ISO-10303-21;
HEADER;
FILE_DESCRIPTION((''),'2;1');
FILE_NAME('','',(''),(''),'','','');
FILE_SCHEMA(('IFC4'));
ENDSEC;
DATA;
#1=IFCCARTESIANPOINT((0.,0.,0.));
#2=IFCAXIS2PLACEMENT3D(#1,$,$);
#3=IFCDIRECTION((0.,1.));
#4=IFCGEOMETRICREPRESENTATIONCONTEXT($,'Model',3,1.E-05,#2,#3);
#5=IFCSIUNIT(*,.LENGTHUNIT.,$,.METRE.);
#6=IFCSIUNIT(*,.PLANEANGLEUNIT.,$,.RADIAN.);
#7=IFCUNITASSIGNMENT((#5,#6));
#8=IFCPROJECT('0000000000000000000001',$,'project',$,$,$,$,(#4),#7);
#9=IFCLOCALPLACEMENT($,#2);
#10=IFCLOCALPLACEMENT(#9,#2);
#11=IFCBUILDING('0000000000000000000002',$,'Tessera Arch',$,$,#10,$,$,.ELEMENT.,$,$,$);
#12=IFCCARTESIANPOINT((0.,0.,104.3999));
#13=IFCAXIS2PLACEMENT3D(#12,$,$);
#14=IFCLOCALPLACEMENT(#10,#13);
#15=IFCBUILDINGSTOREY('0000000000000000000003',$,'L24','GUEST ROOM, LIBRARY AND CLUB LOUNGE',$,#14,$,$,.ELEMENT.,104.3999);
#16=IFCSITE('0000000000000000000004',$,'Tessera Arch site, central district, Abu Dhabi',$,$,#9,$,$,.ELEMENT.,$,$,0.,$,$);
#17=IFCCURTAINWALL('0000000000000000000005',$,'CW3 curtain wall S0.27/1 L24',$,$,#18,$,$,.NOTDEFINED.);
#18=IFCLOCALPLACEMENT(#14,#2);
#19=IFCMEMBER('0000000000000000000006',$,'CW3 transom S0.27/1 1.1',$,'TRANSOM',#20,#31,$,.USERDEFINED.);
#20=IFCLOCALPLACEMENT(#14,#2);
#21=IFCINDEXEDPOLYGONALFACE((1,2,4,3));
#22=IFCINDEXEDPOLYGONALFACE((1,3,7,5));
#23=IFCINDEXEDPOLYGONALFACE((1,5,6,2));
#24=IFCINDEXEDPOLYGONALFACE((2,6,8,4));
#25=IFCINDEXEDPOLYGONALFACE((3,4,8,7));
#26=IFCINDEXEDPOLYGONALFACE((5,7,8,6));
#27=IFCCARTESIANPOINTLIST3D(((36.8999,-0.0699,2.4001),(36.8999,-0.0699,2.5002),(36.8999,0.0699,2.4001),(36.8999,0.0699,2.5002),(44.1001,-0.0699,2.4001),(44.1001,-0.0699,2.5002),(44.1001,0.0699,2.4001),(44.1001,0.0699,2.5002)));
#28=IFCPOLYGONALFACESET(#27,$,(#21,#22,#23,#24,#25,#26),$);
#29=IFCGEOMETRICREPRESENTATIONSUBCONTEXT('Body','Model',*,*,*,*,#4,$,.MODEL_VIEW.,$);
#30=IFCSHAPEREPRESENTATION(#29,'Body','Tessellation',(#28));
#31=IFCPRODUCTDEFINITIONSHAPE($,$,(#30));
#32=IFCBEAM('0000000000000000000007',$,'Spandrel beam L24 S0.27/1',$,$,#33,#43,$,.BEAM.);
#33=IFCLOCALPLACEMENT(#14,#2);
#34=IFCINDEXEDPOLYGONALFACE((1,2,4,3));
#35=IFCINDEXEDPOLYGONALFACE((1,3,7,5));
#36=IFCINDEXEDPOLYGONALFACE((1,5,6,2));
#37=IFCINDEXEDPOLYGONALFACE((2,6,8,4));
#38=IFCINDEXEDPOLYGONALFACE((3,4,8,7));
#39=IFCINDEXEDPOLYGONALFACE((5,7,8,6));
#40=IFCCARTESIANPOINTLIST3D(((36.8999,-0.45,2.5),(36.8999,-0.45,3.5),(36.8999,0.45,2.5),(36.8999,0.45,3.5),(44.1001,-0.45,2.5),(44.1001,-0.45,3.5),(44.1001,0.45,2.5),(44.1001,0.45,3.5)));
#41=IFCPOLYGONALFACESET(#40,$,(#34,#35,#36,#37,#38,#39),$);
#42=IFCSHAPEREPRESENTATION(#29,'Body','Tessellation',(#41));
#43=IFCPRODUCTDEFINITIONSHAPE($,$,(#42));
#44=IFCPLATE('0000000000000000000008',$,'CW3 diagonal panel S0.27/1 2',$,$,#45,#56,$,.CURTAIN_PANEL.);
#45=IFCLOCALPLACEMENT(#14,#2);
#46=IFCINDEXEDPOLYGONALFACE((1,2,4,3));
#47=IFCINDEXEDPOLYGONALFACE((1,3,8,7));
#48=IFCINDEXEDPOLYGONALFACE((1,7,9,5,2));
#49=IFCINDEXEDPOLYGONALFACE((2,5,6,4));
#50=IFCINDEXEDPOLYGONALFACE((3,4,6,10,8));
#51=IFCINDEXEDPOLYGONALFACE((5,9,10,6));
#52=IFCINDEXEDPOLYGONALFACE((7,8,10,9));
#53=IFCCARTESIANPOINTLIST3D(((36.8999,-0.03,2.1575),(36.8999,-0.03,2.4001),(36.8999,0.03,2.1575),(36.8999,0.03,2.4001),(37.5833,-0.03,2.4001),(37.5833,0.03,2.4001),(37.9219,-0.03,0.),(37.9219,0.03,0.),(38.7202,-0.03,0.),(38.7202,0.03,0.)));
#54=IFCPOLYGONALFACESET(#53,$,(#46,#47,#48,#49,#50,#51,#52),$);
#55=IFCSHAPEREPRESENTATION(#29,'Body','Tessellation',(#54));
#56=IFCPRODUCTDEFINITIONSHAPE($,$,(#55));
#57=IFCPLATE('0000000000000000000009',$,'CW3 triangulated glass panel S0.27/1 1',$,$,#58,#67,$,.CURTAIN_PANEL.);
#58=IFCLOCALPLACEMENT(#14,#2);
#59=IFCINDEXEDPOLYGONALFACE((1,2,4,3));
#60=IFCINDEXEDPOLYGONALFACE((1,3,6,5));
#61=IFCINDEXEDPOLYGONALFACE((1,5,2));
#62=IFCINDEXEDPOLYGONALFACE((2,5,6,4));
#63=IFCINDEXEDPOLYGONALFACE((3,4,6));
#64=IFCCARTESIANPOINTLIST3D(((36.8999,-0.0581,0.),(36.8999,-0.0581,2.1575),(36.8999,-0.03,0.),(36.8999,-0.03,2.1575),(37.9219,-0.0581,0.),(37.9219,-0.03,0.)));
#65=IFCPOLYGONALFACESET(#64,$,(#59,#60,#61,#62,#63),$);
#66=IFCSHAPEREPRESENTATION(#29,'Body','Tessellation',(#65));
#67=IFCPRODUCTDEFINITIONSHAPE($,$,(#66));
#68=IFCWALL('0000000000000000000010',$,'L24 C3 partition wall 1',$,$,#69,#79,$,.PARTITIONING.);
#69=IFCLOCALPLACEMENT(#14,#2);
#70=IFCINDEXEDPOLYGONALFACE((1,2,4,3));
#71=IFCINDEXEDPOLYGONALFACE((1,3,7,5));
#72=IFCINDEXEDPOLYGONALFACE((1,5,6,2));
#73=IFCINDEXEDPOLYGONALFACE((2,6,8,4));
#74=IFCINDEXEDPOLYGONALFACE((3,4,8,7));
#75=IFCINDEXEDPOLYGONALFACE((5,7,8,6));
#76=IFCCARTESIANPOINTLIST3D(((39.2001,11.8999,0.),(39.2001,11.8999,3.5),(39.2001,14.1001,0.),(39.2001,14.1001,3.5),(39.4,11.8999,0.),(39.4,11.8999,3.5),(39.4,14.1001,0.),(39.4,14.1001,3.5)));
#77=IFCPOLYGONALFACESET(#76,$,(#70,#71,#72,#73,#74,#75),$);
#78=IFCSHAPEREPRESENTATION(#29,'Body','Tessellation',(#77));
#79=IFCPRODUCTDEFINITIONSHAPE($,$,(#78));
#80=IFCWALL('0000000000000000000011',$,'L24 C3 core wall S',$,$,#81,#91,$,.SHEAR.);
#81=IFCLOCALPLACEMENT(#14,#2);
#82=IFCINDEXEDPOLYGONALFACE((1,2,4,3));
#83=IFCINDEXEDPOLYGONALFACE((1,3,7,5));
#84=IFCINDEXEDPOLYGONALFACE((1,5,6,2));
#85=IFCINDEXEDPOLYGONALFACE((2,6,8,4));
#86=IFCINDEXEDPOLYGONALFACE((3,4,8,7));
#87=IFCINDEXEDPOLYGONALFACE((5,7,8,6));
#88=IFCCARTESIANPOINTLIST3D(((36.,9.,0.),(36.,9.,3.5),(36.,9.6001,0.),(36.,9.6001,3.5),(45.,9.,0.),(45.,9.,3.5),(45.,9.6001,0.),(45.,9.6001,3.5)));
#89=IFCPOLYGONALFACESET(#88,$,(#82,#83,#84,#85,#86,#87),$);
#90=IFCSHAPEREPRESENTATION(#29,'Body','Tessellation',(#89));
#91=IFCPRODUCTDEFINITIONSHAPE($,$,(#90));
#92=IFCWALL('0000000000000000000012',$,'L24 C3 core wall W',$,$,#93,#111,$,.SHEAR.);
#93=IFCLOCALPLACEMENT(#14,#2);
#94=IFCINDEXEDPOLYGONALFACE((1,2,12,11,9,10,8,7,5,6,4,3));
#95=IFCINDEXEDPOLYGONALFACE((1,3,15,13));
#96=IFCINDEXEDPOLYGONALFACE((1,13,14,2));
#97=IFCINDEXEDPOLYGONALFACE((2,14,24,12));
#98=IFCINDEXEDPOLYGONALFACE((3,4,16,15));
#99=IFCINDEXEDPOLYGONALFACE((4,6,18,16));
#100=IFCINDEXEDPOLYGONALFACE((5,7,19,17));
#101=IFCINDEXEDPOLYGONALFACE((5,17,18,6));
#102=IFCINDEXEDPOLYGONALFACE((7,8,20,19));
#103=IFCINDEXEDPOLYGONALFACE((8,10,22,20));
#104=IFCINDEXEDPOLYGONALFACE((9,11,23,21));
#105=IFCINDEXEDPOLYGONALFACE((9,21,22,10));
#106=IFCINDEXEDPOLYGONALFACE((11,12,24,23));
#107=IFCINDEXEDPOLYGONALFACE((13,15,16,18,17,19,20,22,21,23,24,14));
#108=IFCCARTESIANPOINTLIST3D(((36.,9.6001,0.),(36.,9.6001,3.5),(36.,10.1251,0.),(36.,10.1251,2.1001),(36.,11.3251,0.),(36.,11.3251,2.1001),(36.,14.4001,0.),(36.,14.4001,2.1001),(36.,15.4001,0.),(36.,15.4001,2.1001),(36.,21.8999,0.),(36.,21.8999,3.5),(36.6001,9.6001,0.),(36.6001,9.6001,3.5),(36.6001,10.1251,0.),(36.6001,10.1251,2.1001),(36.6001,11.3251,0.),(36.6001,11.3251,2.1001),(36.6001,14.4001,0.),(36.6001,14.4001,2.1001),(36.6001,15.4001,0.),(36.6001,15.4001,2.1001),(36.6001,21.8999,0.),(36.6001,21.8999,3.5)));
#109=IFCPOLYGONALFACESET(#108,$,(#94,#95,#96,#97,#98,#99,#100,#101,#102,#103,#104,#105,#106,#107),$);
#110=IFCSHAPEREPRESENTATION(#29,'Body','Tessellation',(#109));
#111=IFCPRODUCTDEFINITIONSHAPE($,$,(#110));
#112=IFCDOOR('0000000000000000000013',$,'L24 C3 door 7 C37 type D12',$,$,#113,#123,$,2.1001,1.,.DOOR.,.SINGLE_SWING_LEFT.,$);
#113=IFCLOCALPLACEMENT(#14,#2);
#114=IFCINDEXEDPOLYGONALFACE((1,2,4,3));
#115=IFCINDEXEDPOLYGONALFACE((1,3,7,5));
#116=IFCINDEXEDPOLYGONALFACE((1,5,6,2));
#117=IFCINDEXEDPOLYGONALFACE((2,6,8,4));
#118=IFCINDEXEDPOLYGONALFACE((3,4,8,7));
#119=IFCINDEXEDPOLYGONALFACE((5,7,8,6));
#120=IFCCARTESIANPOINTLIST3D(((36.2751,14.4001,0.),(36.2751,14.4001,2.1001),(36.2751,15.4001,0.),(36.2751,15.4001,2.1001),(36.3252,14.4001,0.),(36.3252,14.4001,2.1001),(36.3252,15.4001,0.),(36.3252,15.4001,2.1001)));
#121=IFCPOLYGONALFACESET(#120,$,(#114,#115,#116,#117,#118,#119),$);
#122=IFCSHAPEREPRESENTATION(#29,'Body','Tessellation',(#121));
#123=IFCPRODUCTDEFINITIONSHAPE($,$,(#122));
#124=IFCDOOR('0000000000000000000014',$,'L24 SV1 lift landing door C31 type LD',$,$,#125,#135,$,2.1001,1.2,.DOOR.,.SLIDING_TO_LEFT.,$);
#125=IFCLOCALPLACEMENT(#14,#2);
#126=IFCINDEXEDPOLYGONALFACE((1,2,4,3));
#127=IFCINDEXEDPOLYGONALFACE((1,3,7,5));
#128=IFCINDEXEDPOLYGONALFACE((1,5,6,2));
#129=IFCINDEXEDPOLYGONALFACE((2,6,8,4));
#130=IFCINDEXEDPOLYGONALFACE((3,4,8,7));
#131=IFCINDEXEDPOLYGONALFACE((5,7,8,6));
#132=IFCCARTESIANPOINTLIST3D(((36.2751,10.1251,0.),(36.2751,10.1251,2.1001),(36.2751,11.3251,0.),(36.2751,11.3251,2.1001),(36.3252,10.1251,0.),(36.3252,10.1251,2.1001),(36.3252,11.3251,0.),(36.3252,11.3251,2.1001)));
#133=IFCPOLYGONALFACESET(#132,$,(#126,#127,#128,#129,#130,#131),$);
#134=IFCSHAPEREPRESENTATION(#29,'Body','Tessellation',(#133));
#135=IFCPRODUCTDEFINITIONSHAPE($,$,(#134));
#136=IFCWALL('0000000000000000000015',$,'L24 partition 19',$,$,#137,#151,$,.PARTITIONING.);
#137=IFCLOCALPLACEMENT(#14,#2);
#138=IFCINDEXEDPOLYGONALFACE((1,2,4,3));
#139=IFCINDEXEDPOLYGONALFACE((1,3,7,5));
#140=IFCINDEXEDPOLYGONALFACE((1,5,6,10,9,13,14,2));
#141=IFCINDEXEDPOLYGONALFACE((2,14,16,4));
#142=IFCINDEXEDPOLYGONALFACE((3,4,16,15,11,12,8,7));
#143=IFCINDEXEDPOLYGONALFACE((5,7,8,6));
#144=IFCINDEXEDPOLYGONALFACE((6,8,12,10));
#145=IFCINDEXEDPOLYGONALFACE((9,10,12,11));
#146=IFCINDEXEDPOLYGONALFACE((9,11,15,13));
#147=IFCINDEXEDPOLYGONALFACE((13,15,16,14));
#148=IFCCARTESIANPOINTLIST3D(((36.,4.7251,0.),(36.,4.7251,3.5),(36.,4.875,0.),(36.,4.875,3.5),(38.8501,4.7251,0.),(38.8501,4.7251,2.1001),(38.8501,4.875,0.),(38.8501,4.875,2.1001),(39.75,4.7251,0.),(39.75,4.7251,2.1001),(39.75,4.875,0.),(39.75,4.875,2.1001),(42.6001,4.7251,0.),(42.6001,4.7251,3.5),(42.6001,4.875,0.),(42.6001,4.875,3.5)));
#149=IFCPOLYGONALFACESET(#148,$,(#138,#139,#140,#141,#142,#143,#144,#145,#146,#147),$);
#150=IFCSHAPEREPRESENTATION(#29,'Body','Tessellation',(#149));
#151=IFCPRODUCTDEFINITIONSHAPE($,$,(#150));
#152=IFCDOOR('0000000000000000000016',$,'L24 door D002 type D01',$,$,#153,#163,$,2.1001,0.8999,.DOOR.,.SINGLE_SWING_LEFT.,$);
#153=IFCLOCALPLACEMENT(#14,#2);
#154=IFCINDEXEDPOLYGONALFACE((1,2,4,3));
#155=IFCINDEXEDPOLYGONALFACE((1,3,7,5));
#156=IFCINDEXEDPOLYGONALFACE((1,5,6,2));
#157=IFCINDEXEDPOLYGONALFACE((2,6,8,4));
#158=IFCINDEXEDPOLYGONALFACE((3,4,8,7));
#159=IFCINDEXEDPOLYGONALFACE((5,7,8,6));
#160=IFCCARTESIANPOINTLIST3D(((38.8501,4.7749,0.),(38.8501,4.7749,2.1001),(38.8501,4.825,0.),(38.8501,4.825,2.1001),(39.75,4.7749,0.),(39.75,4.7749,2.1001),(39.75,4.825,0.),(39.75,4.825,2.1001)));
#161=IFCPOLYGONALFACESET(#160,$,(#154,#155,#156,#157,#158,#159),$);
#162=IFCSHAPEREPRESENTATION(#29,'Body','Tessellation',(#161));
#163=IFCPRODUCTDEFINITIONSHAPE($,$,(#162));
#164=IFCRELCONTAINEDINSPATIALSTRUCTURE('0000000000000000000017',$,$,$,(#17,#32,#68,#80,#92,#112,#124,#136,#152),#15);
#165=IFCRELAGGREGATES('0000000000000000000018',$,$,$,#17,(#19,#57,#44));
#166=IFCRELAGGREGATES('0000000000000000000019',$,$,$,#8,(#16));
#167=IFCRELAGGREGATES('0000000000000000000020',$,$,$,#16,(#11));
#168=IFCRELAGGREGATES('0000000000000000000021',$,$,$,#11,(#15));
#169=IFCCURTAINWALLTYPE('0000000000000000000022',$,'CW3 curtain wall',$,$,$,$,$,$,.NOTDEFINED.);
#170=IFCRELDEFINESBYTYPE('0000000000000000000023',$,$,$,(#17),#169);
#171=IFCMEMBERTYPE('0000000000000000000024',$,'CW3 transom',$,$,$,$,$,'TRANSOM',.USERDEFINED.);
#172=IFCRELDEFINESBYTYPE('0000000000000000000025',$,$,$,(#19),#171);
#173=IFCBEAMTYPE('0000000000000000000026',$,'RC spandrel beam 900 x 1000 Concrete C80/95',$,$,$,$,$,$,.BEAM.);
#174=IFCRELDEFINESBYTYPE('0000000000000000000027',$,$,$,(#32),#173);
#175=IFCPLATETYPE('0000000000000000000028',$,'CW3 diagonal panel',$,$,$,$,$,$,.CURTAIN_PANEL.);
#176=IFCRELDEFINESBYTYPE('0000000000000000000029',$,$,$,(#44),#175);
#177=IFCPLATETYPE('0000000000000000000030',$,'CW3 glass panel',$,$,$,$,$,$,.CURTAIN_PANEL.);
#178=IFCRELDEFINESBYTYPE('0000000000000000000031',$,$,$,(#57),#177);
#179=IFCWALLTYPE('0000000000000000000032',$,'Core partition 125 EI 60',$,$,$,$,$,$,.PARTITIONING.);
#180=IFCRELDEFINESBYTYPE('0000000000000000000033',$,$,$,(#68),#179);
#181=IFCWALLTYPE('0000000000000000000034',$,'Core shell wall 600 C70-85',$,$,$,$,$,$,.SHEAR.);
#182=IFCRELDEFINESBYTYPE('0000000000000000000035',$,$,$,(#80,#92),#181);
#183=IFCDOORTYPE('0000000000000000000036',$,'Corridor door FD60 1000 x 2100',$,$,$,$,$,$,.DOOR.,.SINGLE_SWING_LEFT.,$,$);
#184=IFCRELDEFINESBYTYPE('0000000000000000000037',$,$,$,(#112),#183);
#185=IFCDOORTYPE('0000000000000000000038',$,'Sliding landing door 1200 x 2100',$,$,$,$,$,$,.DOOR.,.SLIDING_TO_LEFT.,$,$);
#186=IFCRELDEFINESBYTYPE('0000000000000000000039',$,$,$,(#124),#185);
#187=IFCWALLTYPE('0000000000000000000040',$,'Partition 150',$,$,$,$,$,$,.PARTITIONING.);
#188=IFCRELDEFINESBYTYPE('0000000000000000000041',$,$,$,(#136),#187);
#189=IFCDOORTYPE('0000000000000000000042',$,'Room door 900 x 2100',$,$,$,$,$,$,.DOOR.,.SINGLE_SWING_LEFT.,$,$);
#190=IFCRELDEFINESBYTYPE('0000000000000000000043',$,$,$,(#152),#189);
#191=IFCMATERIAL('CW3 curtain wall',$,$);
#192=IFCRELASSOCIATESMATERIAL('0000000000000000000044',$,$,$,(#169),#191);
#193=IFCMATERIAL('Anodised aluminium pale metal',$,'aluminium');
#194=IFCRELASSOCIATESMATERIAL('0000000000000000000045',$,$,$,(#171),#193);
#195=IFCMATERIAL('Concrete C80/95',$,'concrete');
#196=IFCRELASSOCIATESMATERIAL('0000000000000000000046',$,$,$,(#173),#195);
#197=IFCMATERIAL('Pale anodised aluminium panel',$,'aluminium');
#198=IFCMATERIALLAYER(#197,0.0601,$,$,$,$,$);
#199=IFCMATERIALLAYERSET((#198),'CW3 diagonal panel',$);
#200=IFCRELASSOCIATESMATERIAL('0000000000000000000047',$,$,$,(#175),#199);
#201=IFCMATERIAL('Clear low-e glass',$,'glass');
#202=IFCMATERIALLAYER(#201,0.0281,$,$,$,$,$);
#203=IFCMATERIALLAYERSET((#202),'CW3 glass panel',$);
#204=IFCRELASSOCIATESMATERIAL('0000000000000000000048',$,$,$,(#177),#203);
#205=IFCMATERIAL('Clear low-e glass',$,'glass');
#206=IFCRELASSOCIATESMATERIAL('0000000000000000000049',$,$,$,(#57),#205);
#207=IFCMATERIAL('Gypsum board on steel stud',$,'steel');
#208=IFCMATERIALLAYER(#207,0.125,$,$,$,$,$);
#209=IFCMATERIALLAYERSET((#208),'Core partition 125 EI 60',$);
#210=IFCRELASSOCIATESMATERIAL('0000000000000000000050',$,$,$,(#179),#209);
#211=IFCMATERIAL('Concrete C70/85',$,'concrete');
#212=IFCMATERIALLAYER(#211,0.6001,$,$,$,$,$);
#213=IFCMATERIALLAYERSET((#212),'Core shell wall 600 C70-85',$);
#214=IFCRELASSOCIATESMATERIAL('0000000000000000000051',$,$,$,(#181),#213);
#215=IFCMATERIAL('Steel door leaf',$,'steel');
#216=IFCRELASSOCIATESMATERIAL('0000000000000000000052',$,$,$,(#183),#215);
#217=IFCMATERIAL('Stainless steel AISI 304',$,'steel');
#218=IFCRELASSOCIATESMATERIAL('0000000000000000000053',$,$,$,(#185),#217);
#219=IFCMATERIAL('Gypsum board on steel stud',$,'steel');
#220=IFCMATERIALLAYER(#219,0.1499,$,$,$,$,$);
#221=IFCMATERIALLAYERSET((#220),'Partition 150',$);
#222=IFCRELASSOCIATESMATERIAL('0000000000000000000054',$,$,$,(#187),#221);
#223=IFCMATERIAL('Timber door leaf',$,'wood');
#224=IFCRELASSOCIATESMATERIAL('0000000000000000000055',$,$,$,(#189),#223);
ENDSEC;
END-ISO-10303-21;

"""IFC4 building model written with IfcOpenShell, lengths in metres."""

from ifc_helpers import new_model, si_unit, direction, frame, frame_2d, origin, origin_2d, place, context, subcontext, project, spatial, polyline, rectangle, outline, extrude, material, layer, layer_set, material_profile, profile_set, type_object, element, fill, aggregate, save


model = new_model("IFC4")

# Units and contexts
model_context = context("Model", 3, precision=1e-05, world=origin(), true_north=direction((0.0, 1.0)))
body_context = subcontext(model_context, "Body", "Model", "MODEL_VIEW")
ifc_project = project(units=[si_unit("LENGTHUNIT", "METRE"), si_unit("PLANEANGLEUNIT", "RADIAN")], contexts=[model_context])

# Site, building, storey
site_placement = place(None, origin())
site = spatial("IfcSite", under=ifc_project, at=site_placement, Name="Tessera Arch site, central district, Abu Dhabi", CompositionType="ELEMENT", RefElevation=0.0)
building_placement = place(site_placement, origin())
building = spatial("IfcBuilding", under=site, at=building_placement, Name="Tessera Arch", CompositionType="ELEMENT")
storey_placement = place(building_placement, frame((0.0, 0.0, 104.3999)))
storey = spatial("IfcBuildingStorey", under=building, at=storey_placement, Name="L24", Description="GUEST ROOM, LIBRARY AND CLUB LOUNGE", CompositionType="ELEMENT", Elevation=104.3999)

# Curtain wall, member
ifc_material_1 = material(Name="CW3 curtain wall")
curtain_wall_type = type_object("IfcCurtainWallType", Name="CW3 curtain wall", PredefinedType="NOTDEFINED", material=ifc_material_1)
curtain_wall_placement = place(storey_placement, origin())
curtain_wall = element("IfcCurtainWall", 1, at=curtain_wall_placement, inside=storey, type_object=curtain_wall_type, Name="CW3 curtain wall S0.27/1 L24", PredefinedType="NOTDEFINED")
ifc_material_2 = material(Name="Anodised aluminium pale metal", Category="aluminium")
ifc_material_profile_1 = material_profile(ifc_material_2, rectangle(XDim=0.1399, YDim=0.1001, at=origin_2d()), Name="AL 140x100")
ifc_profile_set_1 = profile_set([ifc_material_profile_1], Name="Anodised aluminium pale metal")
member_type = type_object("IfcMemberType", Name="CW3 transom", ElementType="TRANSOM", PredefinedType="USERDEFINED", material=ifc_profile_set_1)
member_placement = place(storey_placement, frame((36.8999, 0.0, 2.4502), z_axis=(1.0, 0.0, 0.0), x_axis=(0.0, 1.0, 0.0)))
member = element("IfcMember", 2, at=member_placement, type_object=member_type, Name="CW3 transom S0.27/1 1.1", ObjectType="TRANSOM", PredefinedType="USERDEFINED", context=body_context, shape_type="SweptSolid", body=[
    extrude(rectangle(XDim=0.1399, YDim=0.1001, at=origin_2d()), origin(), (0.0, 0.0, 1.0), 7.2002),
])

# Beam
ifc_material_3 = material(Name="Concrete C80/95", Category="concrete")
ifc_material_profile_2 = material_profile(ifc_material_3, rectangle(XDim=0.8999, YDim=1.0, at=origin_2d()), Name="RC spandrel beam 900 x 1000 Concrete C80/95")
ifc_profile_set_2 = profile_set([ifc_material_profile_2], Name="Concrete C80/95")
beam_type = type_object("IfcBeamType", Name="RC spandrel beam 900 x 1000 Concrete C80/95", PredefinedType="BEAM", material=ifc_profile_set_2)
beam_placement = place(storey_placement, frame((36.8999, 0.0, 3.0), z_axis=(1.0, 0.0, 0.0), x_axis=(0.0, 1.0, 0.0)))
element("IfcBeam", 3, at=beam_placement, inside=storey, type_object=beam_type, Name="Spandrel beam L24 S0.27/1", PredefinedType="BEAM", context=body_context, shape_type="SweptSolid", body=[
    extrude(rectangle(XDim=0.8999, YDim=1.0, at=origin_2d()), origin(), (0.0, 0.0, 1.0), 7.2002),
])

# Plates
ifc_material_4 = material(Name="Pale anodised aluminium panel", Category="aluminium")
ifc_layer_1 = layer(ifc_material_4, 0.0601)
ifc_layer_set_1 = layer_set([ifc_layer_1], Name="CW3 diagonal panel")
plate_type_1 = type_object("IfcPlateType", Name="CW3 diagonal panel", PredefinedType="CURTAIN_PANEL", material=ifc_layer_set_1)
plate_1_placement = place(storey_placement, frame((36.8999, -0.03, 2.4001), z_axis=(0.0, -1.0, 0.0), x_axis=(0.0, 0.0, -1.0)))
plate_1 = element("IfcPlate", 4, at=plate_1_placement, type_object=plate_type_1, Name="CW3 diagonal panel S0.27/1 2", PredefinedType="CURTAIN_PANEL", context=body_context, shape_type="SweptSolid", body=[
    extrude(outline(polyline([(0.0, 0.0), (0.2427, 0.0), (2.4001, 1.022), (2.4001, 1.8203), (0.0, 0.6833), (0.0, 0.0)])), origin(), (0.0, 0.0, -1.0), 0.0601),
])
ifc_material_5 = material(Name="Clear low-e glass", Category="glass")
ifc_material_6 = material(Name="Clear low-e glass", Category="glass")
ifc_layer_2 = layer(ifc_material_6, 0.0281)
ifc_layer_set_2 = layer_set([ifc_layer_2], Name="CW3 glass panel")
plate_type_2 = type_object("IfcPlateType", Name="CW3 glass panel", PredefinedType="CURTAIN_PANEL", material=ifc_layer_set_2)
plate_2_placement = place(storey_placement, frame((36.8999, -0.0581, 0.0), z_axis=(0.0, -1.0, 0.0), x_axis=(1.0, 0.0, 0.0)))
plate_2 = element("IfcPlate", 5, at=plate_2_placement, type_object=plate_type_2, material=ifc_material_5, Name="CW3 triangulated glass panel S0.27/1 1", PredefinedType="CURTAIN_PANEL", context=body_context, shape_type="SweptSolid", body=[
    extrude(outline(polyline([(0.0, 0.0), (1.022, 0.0), (0.0, 2.1575), (0.0, 0.0)])), origin(), (0.0, 0.0, -1.0), 0.0281),
])
aggregate(curtain_wall, [member, plate_2, plate_1])

# Walls
ifc_material_7 = material(Name="Gypsum board on steel stud", Category="steel")
ifc_layer_3 = layer(ifc_material_7, 0.125)
ifc_layer_set_3 = layer_set([ifc_layer_3], Name="Core partition 125 EI 60")
wall_type_1 = type_object("IfcWallType", Name="Core partition 125 EI 60", PredefinedType="PARTITIONING", material=ifc_layer_set_3)
wall_1_placement = place(storey_placement, frame((39.3, 11.8999, 0.0), z_axis=(0.0, 0.0, 1.0), x_axis=(0.0, 1.0, 0.0)))
element("IfcWall", 6, at=wall_1_placement, inside=storey, type_object=wall_type_1, Name="L24 C3 partition wall 1", PredefinedType="PARTITIONING", context=body_context, shape_type="SweptSolid", body=[
    extrude(rectangle(XDim=2.2002, YDim=0.2, at=frame_2d((1.1001, 0.0))), origin(), (0.0, 0.0, 1.0), 3.5),
])
ifc_material_8 = material(Name="Concrete C70/85", Category="concrete")
ifc_layer_4 = layer(ifc_material_8, 0.6001)
ifc_layer_set_4 = layer_set([ifc_layer_4], Name="Core shell wall 600 C70-85")
wall_type_2 = type_object("IfcWallType", Name="Core shell wall 600 C70-85", PredefinedType="SHEAR", material=ifc_layer_set_4)
wall_2_placement = place(storey_placement, frame((36.0, 9.3, 0.0), z_axis=(0.0, 0.0, 1.0), x_axis=(1.0, 0.0, 0.0)))
element("IfcWall", 7, at=wall_2_placement, inside=storey, type_object=wall_type_2, Name="L24 C3 core wall S", PredefinedType="SHEAR", context=body_context, shape_type="SweptSolid", body=[
    extrude(rectangle(XDim=9.0, YDim=0.6001, at=frame_2d((4.5, 0.0))), origin(), (0.0, 0.0, 1.0), 3.5),
])

# Wall, openings, doors
wall_3_placement = place(storey_placement, frame((36.3, 9.6001, 0.0), z_axis=(0.0, 0.0, 1.0), x_axis=(0.0, 1.0, 0.0)))
wall_3 = element("IfcWall", 8, at=wall_3_placement, inside=storey, type_object=wall_type_2, Name="L24 C3 core wall W", PredefinedType="SHEAR", context=body_context, shape_type="SweptSolid", body=[
    extrude(rectangle(XDim=12.2998, YDim=0.6001, at=frame_2d((6.1499, 0.0))), origin(), (0.0, 0.0, 1.0), 3.5),
])
opening_1_placement = place(wall_3_placement, frame((0.5249, 0.0, 0.0)))
opening_1 = element("IfcOpeningElement", 9, at=opening_1_placement, cuts=wall_3, PredefinedType="OPENING", context=body_context, shape_type="SweptSolid", body=[
    extrude(rectangle(XDim=1.2, YDim=2.1001, at=frame_2d((0.6001, 1.05))), frame((0.0, 0.3101, 0.0), z_axis=(0.0, -1.0, 0.0), x_axis=(1.0, 0.0, 0.0)), (0.0, 0.0, 1.0), 0.6201),
])
opening_2_placement = place(wall_3_placement, frame((4.8, 0.0, 0.0)))
opening_2 = element("IfcOpeningElement", 10, at=opening_2_placement, cuts=wall_3, PredefinedType="OPENING", context=body_context, shape_type="SweptSolid", body=[
    extrude(rectangle(XDim=1.0, YDim=2.1001, at=frame_2d((0.5, 1.05))), frame((0.0, 0.3101, 0.0), z_axis=(0.0, -1.0, 0.0), x_axis=(1.0, 0.0, 0.0)), (0.0, 0.0, 1.0), 0.6201),
])
ifc_material_9 = material(Name="Steel door leaf", Category="steel")
door_type_1 = type_object("IfcDoorType", Name="Corridor door FD60 1000 x 2100", OperationType="SINGLE_SWING_LEFT", PredefinedType="DOOR", material=ifc_material_9)
door_1_placement = place(opening_2_placement, origin())
door_1 = element("IfcDoor", 11, at=door_1_placement, inside=storey, type_object=door_type_1, Name="L24 C3 door 7 C37 type D12", OperationType="SINGLE_SWING_LEFT", OverallHeight=2.1001, OverallWidth=1.0, PredefinedType="DOOR", context=body_context, shape_type="SweptSolid", body=[
    extrude(rectangle(XDim=1.0, YDim=2.1001, at=frame_2d((0.5, 1.05))), frame((0.0, 0.0249, 0.0), z_axis=(0.0, -1.0, 0.0), x_axis=(1.0, 0.0, 0.0)), (0.0, 0.0, 1.0), 0.05),
])
fill(opening_2, door_1)
ifc_material_10 = material(Name="Stainless steel AISI 304", Category="steel")
door_type_2 = type_object("IfcDoorType", Name="Sliding landing door 1200 x 2100", OperationType="SLIDING_TO_LEFT", PredefinedType="DOOR", material=ifc_material_10)
door_2_placement = place(opening_1_placement, origin())
door_2 = element("IfcDoor", 12, at=door_2_placement, inside=storey, type_object=door_type_2, Name="L24 SV1 lift landing door C31 type LD", OperationType="SLIDING_TO_LEFT", OverallHeight=2.1001, OverallWidth=1.2, PredefinedType="DOOR", context=body_context, shape_type="SweptSolid", body=[
    extrude(rectangle(XDim=1.2, YDim=2.1001, at=frame_2d((0.6001, 1.05))), frame((0.0, 0.0249, 0.0), z_axis=(0.0, -1.0, 0.0), x_axis=(1.0, 0.0, 0.0)), (0.0, 0.0, 1.0), 0.05),
])
fill(opening_1, door_2)

# Wall, opening, door
ifc_material_11 = material(Name="Gypsum board on steel stud", Category="steel")
ifc_layer_5 = layer(ifc_material_11, 0.1499)
ifc_layer_set_5 = layer_set([ifc_layer_5], Name="Partition 150")
wall_type_3 = type_object("IfcWallType", Name="Partition 150", PredefinedType="PARTITIONING", material=ifc_layer_set_5)
wall_4_placement = place(storey_placement, frame((36.0, 4.8, 0.0), z_axis=(0.0, 0.0, 1.0), x_axis=(1.0, 0.0, 0.0)))
wall_4 = element("IfcWall", 13, at=wall_4_placement, inside=storey, type_object=wall_type_3, Name="L24 partition 19", PredefinedType="PARTITIONING", context=body_context, shape_type="SweptSolid", body=[
    extrude(rectangle(XDim=6.6001, YDim=0.1499, at=frame_2d((3.3, 0.0))), origin(), (0.0, 0.0, 1.0), 3.5),
])
opening_3_placement = place(wall_4_placement, frame((2.8501, 0.0, 0.0)))
opening_3 = element("IfcOpeningElement", 14, at=opening_3_placement, cuts=wall_4, PredefinedType="OPENING", context=body_context, shape_type="SweptSolid", body=[
    extrude(rectangle(XDim=0.8999, YDim=2.1001, at=frame_2d((0.45, 1.05))), frame((0.0, 0.085, 0.0), z_axis=(0.0, -1.0, 0.0), x_axis=(1.0, 0.0, 0.0)), (0.0, 0.0, 1.0), 0.1699),
])
ifc_material_12 = material(Name="Timber door leaf", Category="wood")
door_type_3 = type_object("IfcDoorType", Name="Room door 900 x 2100", OperationType="SINGLE_SWING_LEFT", PredefinedType="DOOR", material=ifc_material_12)
door_3_placement = place(opening_3_placement, origin())
door_3 = element("IfcDoor", 15, at=door_3_placement, inside=storey, type_object=door_type_3, Name="L24 door D002 type D01", OperationType="SINGLE_SWING_LEFT", OverallHeight=2.1001, OverallWidth=0.8999, PredefinedType="DOOR", context=body_context, shape_type="SweptSolid", body=[
    extrude(rectangle(XDim=0.8999, YDim=2.1001, at=frame_2d((0.45, 1.05))), frame((0.0, 0.0249, 0.0), z_axis=(0.0, -1.0, 0.0), x_axis=(1.0, 0.0, 0.0)), (0.0, 0.0, 1.0), 0.05),
])
fill(opening_3, door_3)

save(model, "model.ifc")
